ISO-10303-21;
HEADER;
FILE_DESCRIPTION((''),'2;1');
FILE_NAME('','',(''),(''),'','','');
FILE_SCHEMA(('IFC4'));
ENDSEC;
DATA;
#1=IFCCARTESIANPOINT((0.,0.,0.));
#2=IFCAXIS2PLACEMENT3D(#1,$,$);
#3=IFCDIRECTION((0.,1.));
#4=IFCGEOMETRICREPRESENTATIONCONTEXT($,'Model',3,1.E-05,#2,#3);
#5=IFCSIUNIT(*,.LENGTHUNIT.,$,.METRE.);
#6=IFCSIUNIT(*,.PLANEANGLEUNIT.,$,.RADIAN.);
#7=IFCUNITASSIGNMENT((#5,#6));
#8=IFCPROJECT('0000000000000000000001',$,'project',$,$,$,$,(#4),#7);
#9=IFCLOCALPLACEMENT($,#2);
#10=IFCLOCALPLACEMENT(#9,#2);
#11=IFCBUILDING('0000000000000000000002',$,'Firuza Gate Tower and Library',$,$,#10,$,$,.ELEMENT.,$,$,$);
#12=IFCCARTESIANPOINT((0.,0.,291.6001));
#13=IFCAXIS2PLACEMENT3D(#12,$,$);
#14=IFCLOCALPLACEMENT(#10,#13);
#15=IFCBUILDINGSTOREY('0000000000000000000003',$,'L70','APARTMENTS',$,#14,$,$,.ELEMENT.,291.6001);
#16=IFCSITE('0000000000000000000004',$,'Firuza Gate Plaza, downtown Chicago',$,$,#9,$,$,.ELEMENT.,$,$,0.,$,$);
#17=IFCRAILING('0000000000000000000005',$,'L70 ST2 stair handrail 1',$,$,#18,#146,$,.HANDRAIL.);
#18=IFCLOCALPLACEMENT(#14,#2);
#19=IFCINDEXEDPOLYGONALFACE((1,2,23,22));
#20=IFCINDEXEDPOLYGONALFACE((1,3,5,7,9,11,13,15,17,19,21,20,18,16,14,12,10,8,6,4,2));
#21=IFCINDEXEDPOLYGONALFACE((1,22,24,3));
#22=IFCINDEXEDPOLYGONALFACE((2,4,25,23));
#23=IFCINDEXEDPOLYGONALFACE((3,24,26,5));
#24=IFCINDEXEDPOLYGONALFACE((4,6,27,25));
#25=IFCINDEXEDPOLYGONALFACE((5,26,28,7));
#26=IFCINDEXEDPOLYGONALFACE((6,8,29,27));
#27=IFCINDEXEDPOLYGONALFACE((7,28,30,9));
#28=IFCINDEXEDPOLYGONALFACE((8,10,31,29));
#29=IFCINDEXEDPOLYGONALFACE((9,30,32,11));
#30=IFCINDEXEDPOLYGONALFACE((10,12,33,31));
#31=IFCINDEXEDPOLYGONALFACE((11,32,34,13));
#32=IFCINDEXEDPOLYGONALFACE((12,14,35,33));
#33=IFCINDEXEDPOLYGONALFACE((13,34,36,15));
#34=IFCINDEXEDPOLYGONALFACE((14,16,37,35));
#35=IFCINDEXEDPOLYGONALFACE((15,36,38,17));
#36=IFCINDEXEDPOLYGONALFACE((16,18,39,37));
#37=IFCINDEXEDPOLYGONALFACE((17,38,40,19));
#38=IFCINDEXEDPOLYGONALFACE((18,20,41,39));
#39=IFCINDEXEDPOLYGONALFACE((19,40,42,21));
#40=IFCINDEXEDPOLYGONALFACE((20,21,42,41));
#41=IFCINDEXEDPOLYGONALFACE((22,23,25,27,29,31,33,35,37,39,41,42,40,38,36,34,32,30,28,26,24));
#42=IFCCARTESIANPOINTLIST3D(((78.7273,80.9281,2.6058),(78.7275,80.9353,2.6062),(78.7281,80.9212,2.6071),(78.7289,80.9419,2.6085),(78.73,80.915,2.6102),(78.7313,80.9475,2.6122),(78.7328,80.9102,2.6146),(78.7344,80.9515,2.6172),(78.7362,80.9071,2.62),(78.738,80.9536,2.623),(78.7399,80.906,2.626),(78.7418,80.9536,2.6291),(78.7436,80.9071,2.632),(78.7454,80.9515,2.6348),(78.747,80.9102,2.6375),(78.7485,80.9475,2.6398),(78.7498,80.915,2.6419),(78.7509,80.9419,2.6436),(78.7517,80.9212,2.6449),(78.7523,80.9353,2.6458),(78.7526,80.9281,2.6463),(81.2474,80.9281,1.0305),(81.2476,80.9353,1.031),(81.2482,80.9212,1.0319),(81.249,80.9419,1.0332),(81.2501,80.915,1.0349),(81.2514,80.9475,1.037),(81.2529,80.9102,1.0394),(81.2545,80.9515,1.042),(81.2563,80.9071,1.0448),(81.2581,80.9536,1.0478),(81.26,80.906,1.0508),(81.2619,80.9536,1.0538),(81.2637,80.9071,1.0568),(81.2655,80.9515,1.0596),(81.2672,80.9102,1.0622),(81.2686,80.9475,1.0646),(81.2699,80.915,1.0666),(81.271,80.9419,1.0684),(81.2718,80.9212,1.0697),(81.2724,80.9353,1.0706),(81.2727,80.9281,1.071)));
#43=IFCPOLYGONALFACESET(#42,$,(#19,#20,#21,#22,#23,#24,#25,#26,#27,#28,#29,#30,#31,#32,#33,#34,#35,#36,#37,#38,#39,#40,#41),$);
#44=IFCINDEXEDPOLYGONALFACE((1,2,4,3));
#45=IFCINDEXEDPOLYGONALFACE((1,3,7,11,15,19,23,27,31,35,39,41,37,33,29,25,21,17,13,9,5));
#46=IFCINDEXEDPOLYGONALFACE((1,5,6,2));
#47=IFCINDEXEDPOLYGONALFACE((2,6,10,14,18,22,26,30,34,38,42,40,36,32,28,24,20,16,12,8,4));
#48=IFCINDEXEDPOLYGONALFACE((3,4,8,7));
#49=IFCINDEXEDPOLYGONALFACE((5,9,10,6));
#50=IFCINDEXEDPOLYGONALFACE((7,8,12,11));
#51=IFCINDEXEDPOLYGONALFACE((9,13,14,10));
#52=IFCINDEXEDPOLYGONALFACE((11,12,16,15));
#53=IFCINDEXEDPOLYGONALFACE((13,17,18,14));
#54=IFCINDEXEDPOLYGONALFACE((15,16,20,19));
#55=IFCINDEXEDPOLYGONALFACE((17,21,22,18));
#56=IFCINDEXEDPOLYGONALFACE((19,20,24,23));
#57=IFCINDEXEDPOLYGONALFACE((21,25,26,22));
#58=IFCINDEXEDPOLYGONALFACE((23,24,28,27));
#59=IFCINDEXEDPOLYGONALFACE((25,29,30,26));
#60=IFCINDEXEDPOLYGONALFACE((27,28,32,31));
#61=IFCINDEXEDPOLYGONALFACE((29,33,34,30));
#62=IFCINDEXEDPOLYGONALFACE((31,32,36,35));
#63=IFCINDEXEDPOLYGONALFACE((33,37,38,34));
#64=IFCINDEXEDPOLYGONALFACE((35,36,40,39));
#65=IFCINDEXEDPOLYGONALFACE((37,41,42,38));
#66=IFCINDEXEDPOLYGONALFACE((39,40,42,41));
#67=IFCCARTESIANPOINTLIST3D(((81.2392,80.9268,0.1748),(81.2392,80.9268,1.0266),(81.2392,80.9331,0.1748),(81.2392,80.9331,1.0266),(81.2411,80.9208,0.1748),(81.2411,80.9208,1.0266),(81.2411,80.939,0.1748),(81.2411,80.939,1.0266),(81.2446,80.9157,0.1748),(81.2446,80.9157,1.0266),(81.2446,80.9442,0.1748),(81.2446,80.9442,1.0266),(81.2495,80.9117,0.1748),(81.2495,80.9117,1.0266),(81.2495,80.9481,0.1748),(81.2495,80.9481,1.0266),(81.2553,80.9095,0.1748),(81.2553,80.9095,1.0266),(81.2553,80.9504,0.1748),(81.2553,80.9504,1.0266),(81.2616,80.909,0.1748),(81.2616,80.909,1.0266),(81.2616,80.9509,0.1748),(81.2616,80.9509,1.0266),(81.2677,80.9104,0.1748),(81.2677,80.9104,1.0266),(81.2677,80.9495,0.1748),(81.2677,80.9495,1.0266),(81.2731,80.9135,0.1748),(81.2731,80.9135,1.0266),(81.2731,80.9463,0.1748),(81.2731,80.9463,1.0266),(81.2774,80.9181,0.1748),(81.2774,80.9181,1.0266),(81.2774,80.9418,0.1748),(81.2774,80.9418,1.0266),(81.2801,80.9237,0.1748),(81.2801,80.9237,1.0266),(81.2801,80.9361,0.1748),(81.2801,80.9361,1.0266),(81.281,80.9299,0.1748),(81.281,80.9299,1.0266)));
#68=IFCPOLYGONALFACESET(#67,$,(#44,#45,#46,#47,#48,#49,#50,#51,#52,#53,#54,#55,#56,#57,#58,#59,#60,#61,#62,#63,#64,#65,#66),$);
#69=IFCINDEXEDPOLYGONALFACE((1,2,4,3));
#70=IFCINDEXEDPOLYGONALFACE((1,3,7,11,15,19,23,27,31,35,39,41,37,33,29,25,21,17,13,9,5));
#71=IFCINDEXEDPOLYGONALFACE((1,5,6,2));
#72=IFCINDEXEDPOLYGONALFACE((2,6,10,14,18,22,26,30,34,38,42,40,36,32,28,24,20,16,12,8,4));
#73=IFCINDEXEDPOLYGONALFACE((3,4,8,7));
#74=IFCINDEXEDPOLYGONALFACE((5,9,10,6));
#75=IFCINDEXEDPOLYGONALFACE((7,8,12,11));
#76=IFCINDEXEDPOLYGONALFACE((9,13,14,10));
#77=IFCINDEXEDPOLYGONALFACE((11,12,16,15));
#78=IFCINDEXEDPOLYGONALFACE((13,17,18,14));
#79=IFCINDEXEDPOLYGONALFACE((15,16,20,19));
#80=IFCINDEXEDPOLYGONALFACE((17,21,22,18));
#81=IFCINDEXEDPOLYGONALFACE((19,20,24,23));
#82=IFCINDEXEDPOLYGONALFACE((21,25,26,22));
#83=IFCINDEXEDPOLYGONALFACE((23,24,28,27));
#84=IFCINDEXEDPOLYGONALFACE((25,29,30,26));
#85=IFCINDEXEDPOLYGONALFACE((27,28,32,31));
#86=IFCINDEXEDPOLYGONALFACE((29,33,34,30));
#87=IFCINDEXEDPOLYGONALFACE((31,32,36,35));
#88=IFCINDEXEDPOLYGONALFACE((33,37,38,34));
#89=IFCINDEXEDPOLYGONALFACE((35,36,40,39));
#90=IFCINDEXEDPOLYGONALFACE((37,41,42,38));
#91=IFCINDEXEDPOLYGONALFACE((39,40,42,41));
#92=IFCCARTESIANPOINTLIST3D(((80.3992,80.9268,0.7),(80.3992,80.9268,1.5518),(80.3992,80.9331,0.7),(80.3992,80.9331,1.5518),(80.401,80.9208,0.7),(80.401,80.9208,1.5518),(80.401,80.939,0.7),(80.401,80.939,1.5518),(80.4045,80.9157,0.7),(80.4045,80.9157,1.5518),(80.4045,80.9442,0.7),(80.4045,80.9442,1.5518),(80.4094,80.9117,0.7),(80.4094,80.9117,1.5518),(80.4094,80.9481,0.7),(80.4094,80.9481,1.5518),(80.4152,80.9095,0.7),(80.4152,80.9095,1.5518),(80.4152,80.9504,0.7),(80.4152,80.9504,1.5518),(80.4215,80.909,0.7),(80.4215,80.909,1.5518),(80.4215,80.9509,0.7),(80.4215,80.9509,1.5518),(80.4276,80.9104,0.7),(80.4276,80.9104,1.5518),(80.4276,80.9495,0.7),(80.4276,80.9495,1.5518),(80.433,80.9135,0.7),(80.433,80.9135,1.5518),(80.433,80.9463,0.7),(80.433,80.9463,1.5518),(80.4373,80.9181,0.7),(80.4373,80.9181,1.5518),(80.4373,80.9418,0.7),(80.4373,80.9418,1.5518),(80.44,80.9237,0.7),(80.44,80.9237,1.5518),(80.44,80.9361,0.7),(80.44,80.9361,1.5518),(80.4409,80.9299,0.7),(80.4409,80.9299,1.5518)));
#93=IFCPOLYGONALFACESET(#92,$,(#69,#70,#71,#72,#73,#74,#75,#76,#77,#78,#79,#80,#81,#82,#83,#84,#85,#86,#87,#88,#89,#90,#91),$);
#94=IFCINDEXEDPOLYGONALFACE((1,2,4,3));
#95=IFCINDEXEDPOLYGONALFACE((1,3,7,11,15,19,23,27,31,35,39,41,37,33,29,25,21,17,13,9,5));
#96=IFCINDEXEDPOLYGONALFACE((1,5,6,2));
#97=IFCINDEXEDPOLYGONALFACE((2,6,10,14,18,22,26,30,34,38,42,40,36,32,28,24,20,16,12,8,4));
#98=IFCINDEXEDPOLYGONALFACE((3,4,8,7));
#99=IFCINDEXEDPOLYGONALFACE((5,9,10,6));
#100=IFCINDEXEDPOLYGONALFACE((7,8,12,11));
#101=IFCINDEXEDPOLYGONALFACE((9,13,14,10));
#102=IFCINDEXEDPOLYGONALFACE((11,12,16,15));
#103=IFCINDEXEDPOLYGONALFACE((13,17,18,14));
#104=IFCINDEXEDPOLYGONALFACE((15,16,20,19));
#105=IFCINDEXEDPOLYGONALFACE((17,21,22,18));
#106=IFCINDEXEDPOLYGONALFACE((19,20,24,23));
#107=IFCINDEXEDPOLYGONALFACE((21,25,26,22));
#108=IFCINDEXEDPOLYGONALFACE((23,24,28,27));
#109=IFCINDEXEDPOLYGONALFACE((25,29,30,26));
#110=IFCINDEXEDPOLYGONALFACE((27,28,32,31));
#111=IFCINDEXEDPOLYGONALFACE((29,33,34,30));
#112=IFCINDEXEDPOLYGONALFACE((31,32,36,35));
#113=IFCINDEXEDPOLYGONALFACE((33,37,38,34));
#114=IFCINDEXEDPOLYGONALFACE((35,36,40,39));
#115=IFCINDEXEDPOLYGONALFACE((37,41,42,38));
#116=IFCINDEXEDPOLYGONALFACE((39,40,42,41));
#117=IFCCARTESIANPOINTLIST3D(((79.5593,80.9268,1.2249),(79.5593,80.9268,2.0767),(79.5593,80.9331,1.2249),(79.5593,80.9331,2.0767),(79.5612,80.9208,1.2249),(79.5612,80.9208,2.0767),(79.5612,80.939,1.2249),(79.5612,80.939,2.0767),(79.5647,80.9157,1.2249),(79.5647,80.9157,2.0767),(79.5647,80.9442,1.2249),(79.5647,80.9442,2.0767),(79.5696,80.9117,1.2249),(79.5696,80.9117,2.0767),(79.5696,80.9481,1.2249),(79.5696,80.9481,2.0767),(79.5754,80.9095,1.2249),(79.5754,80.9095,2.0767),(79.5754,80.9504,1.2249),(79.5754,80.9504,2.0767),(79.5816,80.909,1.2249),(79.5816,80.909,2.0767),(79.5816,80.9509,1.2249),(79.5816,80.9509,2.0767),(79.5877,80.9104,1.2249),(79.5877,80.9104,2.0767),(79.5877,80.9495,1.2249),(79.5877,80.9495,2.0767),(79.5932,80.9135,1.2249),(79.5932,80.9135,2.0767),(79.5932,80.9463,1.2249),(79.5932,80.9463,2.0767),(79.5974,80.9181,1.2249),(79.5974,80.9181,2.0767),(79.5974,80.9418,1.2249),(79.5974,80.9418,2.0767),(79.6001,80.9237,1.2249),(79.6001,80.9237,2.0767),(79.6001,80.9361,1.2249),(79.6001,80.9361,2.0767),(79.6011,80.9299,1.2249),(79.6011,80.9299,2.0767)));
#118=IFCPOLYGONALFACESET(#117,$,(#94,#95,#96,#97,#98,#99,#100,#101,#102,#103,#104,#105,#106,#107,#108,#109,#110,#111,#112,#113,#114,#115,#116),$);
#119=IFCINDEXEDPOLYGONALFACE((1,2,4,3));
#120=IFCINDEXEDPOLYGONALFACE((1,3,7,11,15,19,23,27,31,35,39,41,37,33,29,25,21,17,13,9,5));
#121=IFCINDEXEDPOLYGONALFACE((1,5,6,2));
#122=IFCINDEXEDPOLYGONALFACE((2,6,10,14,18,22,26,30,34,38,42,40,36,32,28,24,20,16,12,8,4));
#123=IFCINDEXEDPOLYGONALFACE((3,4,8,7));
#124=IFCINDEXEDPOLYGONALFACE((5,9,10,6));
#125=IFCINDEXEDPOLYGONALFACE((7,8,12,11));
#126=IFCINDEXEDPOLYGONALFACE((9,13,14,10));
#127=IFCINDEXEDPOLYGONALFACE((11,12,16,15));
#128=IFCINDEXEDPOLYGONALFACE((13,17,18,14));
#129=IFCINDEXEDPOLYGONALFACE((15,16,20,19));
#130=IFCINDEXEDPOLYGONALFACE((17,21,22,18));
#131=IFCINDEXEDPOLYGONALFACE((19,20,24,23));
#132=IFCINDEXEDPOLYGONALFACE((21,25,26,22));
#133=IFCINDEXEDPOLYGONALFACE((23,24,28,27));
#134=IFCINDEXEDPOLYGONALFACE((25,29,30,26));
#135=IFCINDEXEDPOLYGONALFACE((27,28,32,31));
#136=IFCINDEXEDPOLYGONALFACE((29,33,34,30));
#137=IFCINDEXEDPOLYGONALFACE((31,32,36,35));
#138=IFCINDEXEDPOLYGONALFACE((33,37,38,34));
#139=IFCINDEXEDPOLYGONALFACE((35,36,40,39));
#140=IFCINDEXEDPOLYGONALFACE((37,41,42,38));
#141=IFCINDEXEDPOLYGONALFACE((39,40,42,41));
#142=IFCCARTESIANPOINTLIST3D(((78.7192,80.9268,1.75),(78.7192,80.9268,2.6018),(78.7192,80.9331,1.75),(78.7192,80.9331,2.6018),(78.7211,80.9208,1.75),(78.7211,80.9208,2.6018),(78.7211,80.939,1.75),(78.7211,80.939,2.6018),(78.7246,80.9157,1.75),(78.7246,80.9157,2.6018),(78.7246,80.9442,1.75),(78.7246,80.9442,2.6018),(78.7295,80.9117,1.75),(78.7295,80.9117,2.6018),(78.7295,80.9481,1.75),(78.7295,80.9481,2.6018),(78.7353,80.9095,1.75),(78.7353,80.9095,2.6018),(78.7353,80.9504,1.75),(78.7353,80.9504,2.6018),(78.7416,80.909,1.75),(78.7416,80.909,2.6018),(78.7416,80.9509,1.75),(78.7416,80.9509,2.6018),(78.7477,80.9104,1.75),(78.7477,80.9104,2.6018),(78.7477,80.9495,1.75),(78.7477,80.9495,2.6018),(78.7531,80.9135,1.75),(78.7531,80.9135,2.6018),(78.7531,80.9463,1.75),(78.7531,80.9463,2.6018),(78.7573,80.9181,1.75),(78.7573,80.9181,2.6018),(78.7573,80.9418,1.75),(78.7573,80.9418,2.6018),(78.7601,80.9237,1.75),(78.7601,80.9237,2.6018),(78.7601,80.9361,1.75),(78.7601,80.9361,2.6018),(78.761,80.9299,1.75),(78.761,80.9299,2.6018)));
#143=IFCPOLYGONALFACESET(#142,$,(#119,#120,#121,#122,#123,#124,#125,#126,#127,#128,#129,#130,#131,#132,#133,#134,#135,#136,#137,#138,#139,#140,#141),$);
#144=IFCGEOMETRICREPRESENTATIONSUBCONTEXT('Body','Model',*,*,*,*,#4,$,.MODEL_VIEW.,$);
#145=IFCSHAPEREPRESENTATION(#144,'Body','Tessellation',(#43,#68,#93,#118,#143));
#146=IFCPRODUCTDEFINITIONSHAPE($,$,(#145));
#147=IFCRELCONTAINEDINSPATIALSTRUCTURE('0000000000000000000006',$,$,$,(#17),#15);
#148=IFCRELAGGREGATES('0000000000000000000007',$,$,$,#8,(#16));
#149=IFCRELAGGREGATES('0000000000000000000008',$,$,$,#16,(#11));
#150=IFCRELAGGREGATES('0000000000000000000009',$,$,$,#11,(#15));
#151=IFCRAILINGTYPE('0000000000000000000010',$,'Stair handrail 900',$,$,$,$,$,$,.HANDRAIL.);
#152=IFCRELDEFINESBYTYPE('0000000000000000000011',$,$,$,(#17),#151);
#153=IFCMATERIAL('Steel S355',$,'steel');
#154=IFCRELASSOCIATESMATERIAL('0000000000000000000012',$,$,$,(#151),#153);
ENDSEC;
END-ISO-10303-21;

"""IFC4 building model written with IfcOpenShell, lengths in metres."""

from ifc_helpers import new_model, si_unit, direction, frame, origin, origin_2d, place, context, subcontext, project, spatial, circle, extrude, material, type_object, element, save


model = new_model("IFC4")

# Units and contexts
model_context = context("Model", 3, precision=1e-05, world=origin(), true_north=direction((0.0, 1.0)))
body_context = subcontext(model_context, "Body", "Model", "MODEL_VIEW")
ifc_project = project(units=[si_unit("LENGTHUNIT", "METRE"), si_unit("PLANEANGLEUNIT", "RADIAN")], contexts=[model_context])

# Site, building, storey
site_placement = place(None, origin())
site = spatial("IfcSite", under=ifc_project, at=site_placement, Name="Firuza Gate Plaza, downtown Chicago", CompositionType="ELEMENT", RefElevation=0.0)
building_placement = place(site_placement, origin())
building = spatial("IfcBuilding", under=site, at=building_placement, Name="Firuza Gate Tower and Library", CompositionType="ELEMENT")
storey_placement = place(building_placement, frame((0.0, 0.0, 291.6001)))
storey = spatial("IfcBuildingStorey", under=building, at=storey_placement, Name="L70", Description="APARTMENTS", CompositionType="ELEMENT", Elevation=291.6001)

# Railing
ifc_material_1 = material(Name="Steel S355", Category="steel")
railing_type_1 = type_object("IfcRailingType", Name="Stair handrail 900", PredefinedType="HANDRAIL", material=ifc_material_1)
railing_1_placement = place(storey_placement, frame((81.26, 80.9299, 0.1748)))
element("IfcRailing", 1, at=railing_1_placement, inside=storey, type_object=railing_type_1, Name="L70 ST2 stair handrail 1", PredefinedType="HANDRAIL", context=body_context, shape_type="SweptSolid", body=[
    extrude(circle(Radius=0.0239, at=origin_2d()), frame((0.0, 0.0, 0.876), z_axis=(-0.847971, 0.0, 0.530043), x_axis=(0.0, -1.0, 0.0)), (0.0, 0.0, 1.0), 2.9719),
    extrude(circle(Radius=0.021, at=origin_2d()), origin(), (0.0, 0.0, 1.0), 0.8518),
    extrude(circle(Radius=0.021, at=origin_2d()), frame((-0.8401, 0.0, 0.5251)), (0.0, 0.0, 1.0), 0.8518),
    extrude(circle(Radius=0.021, at=origin_2d()), frame((-1.6799, 0.0, 1.05)), (0.0, 0.0, 1.0), 0.8518),
    extrude(circle(Radius=0.021, at=origin_2d()), frame((-2.52, 0.0, 1.5752)), (0.0, 0.0, 1.0), 0.8518),
])

save(model, "model.ifc")
